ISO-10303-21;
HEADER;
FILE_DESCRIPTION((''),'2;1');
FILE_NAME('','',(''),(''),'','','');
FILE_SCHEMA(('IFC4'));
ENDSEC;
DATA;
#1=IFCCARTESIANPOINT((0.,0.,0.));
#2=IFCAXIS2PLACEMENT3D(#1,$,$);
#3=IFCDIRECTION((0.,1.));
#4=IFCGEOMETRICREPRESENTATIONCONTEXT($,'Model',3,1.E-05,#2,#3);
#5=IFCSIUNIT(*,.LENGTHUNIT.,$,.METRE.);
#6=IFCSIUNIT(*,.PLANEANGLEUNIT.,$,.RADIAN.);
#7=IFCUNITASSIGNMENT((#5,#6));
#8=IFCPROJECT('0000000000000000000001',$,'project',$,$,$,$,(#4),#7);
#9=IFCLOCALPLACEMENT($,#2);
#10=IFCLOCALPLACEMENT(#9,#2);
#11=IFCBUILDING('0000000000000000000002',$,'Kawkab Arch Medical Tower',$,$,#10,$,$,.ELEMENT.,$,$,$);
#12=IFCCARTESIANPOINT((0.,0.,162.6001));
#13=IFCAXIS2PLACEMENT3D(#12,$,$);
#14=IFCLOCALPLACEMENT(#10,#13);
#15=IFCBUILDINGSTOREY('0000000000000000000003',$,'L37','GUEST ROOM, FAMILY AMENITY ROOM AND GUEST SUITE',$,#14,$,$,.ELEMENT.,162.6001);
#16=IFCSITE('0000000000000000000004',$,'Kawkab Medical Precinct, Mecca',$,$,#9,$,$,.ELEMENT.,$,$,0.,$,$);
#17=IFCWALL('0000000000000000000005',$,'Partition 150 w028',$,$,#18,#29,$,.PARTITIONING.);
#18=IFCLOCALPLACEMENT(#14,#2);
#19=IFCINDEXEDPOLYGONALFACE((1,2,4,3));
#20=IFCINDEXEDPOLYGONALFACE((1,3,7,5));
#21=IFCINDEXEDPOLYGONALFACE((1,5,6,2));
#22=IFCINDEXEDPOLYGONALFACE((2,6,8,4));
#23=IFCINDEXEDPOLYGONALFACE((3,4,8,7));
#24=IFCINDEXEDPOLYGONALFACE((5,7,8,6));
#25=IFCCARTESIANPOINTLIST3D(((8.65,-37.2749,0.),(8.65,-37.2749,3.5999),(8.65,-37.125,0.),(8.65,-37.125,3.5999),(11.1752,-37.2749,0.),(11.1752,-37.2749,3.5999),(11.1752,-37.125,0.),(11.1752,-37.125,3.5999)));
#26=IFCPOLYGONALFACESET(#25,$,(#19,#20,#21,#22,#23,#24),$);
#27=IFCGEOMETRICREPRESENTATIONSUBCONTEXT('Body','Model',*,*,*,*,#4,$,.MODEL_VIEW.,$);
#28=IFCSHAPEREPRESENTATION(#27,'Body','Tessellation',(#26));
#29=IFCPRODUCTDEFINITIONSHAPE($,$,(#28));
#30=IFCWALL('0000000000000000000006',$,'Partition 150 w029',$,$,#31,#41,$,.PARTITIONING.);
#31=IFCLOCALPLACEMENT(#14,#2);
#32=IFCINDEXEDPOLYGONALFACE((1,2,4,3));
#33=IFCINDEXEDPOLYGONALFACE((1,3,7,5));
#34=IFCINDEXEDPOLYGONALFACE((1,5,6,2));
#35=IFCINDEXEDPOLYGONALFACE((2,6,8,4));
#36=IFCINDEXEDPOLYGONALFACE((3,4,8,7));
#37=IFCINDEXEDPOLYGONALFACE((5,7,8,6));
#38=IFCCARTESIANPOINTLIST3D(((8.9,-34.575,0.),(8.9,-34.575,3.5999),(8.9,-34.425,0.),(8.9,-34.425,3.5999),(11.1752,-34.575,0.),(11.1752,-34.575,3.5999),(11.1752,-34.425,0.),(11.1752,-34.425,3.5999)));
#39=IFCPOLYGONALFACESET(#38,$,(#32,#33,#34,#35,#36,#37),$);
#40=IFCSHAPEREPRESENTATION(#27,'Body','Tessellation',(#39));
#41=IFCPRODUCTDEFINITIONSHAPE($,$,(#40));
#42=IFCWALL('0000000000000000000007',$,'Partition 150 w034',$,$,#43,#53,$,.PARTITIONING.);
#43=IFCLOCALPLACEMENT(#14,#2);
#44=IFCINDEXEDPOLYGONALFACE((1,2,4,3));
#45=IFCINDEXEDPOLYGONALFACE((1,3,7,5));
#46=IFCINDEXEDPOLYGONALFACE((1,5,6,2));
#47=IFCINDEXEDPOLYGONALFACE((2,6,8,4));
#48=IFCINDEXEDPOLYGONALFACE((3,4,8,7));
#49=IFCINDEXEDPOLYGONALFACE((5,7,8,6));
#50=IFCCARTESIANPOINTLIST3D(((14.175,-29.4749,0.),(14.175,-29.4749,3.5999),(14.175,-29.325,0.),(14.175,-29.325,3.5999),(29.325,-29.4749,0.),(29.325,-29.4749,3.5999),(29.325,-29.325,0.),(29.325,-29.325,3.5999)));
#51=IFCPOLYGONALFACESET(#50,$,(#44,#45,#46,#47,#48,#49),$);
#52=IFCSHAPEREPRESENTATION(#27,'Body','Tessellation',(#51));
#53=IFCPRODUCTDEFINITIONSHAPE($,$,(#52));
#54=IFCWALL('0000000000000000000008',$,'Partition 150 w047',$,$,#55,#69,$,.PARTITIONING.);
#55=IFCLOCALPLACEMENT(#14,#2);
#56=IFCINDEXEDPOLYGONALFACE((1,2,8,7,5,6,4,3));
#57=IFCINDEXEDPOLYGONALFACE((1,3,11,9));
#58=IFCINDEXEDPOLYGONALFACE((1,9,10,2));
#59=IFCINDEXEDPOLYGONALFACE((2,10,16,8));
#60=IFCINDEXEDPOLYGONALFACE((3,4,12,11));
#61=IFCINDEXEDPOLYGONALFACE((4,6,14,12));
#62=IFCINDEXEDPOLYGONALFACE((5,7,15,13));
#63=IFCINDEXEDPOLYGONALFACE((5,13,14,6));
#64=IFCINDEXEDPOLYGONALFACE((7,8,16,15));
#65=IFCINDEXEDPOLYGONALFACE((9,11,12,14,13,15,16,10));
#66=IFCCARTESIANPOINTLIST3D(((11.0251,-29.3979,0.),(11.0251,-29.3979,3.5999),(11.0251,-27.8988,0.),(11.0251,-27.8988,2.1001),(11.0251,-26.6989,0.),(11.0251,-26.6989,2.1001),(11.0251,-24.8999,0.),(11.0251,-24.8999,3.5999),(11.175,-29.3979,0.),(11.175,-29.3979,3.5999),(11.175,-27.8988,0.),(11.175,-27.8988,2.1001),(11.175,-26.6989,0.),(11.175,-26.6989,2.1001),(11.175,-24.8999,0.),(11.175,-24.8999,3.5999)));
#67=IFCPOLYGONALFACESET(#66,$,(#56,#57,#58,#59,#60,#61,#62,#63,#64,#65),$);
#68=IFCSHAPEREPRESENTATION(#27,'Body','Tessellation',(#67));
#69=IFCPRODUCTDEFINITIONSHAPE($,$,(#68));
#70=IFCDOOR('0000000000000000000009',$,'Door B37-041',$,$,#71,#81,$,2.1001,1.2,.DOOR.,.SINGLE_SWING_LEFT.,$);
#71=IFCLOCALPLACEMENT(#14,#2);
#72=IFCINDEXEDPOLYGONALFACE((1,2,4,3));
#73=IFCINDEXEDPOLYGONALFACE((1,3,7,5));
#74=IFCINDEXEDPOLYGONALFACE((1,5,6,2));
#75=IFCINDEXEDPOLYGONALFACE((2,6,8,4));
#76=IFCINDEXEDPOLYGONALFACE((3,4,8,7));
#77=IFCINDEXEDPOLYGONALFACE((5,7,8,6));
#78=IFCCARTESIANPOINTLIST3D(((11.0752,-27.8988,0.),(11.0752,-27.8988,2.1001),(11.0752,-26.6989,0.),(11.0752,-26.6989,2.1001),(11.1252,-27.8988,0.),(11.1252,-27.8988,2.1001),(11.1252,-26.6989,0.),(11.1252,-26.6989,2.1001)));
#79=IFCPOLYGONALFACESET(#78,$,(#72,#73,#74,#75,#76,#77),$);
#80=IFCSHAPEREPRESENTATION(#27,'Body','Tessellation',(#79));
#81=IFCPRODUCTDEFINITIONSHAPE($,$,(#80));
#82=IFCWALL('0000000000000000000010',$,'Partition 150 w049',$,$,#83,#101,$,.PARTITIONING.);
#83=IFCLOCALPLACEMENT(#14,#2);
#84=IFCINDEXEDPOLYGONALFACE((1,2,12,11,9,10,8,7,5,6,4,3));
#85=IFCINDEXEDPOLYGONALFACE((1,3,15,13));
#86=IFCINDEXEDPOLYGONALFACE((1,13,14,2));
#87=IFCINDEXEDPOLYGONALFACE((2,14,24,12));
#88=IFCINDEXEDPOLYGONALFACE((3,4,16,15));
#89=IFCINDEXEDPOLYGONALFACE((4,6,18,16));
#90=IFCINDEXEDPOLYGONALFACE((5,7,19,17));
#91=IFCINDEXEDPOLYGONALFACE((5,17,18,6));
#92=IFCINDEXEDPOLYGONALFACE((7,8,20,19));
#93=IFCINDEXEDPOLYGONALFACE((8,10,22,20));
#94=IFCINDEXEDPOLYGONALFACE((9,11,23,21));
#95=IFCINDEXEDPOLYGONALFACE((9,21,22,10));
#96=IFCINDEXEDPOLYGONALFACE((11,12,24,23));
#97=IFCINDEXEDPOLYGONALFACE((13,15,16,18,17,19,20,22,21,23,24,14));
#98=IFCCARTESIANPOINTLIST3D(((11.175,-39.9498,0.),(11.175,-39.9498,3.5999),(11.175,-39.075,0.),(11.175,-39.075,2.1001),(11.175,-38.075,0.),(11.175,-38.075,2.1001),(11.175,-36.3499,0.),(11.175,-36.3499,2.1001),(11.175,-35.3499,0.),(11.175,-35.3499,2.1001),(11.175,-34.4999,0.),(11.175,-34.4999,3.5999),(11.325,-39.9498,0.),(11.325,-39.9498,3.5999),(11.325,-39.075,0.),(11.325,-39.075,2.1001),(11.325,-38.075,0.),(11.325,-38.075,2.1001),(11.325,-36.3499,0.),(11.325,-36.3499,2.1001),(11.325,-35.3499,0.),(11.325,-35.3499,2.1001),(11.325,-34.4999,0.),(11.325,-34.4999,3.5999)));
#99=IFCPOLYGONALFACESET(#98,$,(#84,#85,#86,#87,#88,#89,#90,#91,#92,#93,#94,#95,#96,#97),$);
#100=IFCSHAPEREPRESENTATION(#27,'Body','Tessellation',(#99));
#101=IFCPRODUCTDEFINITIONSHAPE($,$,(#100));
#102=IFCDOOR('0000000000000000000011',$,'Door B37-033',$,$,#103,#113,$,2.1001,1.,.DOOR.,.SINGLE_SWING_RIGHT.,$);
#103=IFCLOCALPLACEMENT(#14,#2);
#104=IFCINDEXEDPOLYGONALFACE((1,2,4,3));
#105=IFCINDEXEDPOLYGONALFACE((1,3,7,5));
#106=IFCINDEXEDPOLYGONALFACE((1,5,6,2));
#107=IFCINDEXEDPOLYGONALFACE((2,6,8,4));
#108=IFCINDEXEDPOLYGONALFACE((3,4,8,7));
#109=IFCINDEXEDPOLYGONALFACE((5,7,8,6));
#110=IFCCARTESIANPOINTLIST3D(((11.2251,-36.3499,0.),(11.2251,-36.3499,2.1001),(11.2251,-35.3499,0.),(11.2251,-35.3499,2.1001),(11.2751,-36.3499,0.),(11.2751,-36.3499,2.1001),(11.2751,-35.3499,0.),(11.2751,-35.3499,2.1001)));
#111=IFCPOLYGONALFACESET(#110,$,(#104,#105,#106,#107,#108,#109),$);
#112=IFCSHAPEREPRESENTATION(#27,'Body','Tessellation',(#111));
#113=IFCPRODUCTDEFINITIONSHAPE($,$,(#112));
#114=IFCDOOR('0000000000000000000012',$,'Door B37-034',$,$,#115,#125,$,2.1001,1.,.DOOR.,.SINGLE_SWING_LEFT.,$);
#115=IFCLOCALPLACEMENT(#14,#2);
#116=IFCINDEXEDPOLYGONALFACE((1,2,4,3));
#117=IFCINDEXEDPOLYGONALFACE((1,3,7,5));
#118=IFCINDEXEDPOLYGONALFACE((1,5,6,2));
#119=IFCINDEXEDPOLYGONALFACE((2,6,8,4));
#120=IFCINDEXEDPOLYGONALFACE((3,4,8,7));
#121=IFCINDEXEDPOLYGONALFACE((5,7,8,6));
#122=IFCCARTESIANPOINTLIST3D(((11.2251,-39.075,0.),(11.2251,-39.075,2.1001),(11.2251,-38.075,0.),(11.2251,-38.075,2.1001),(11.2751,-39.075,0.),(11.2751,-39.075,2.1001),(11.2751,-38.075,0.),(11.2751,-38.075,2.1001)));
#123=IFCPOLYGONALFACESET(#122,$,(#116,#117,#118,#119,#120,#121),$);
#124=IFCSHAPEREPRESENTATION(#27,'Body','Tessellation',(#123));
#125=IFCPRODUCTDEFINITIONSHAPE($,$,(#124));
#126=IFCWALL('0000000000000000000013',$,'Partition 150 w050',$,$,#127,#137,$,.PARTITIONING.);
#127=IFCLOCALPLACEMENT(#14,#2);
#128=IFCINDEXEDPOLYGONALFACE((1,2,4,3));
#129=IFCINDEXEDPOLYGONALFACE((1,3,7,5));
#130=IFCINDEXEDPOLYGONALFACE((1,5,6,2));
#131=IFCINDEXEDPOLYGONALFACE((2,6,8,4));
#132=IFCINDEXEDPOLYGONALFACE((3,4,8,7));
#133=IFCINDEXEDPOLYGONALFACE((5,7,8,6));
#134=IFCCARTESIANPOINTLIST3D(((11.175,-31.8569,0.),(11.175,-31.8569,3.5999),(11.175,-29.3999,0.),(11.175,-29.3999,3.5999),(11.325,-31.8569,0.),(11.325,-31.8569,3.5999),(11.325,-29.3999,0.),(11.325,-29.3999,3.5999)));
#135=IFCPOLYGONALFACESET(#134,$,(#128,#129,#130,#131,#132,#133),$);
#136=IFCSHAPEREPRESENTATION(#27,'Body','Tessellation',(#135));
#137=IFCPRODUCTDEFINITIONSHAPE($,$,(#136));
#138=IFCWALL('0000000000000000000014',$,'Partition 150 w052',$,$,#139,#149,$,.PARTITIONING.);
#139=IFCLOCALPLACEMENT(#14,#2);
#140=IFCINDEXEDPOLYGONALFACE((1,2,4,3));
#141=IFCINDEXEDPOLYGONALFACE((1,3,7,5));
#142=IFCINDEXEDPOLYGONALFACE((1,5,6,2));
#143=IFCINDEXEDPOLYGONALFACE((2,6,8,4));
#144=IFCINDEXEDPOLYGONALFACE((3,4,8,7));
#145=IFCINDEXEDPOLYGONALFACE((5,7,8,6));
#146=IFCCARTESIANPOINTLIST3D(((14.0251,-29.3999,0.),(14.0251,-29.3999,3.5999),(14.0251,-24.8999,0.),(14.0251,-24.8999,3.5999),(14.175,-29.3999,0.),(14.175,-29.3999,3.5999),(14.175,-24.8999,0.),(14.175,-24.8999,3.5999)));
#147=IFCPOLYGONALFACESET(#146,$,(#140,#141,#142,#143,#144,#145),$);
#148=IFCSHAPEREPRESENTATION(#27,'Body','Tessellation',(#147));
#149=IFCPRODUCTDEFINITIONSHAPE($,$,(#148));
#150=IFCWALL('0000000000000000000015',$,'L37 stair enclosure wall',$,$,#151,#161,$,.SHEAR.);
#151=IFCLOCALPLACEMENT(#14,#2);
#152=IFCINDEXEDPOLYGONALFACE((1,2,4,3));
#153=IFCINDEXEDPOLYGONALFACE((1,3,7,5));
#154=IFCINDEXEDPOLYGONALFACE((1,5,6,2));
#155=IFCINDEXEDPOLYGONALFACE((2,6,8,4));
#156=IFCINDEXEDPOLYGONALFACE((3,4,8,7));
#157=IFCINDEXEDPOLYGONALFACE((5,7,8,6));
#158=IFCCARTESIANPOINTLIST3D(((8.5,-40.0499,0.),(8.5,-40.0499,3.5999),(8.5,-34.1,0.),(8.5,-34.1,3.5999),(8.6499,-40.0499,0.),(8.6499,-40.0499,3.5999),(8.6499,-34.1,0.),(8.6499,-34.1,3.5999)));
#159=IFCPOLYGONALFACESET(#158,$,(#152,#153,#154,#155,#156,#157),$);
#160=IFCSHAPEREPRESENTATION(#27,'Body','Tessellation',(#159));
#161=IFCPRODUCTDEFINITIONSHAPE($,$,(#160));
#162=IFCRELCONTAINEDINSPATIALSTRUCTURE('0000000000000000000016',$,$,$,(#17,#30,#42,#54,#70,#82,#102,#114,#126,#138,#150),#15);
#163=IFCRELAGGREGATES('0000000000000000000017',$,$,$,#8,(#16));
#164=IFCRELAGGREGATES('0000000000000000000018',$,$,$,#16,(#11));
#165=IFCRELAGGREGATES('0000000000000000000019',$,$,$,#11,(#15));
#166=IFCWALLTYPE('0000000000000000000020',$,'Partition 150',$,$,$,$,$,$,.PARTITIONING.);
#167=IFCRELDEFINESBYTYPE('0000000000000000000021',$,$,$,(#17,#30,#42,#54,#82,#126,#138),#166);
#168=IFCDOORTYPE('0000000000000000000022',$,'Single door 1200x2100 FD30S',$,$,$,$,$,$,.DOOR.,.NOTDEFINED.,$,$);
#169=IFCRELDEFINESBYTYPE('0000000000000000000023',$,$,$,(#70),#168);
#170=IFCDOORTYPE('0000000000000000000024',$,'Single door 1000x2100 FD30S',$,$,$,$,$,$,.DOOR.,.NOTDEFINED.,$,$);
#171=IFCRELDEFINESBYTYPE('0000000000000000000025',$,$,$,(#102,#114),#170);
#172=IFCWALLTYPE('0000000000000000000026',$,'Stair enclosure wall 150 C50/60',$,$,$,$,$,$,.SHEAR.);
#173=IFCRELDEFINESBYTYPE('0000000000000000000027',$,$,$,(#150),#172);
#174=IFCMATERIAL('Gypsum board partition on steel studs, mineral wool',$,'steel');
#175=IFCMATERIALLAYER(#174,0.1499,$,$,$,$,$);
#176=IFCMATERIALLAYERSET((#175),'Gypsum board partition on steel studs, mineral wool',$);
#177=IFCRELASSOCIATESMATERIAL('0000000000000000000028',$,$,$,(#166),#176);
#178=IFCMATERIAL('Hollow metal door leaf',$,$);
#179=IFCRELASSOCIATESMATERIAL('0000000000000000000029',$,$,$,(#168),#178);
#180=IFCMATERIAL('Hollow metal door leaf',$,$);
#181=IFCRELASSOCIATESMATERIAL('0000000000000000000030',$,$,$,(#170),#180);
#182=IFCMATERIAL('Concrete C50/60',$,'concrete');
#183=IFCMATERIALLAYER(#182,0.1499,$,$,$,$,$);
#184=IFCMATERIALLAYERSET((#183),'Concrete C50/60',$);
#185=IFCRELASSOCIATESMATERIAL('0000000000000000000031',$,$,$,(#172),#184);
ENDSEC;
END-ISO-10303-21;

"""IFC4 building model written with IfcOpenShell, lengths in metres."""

from ifc_helpers import new_model, si_unit, direction, frame, frame_2d, origin, place, context, subcontext, project, spatial, rectangle, extrude, material, layer, layer_set, type_object, element, fill, save


model = new_model("IFC4")

# Units and contexts
model_context = context("Model", 3, precision=1e-05, world=origin(), true_north=direction((0.0, 1.0)))
body_context = subcontext(model_context, "Body", "Model", "MODEL_VIEW")
ifc_project = project(units=[si_unit("LENGTHUNIT", "METRE"), si_unit("PLANEANGLEUNIT", "RADIAN")], contexts=[model_context])

# Site, building, storey
site_placement = place(None, origin())
site = spatial("IfcSite", under=ifc_project, at=site_placement, Name="Kawkab Medical Precinct, Mecca", CompositionType="ELEMENT", RefElevation=0.0)
building_placement = place(site_placement, origin())
building = spatial("IfcBuilding", under=site, at=building_placement, Name="Kawkab Arch Medical Tower", CompositionType="ELEMENT")
storey_placement = place(building_placement, frame((0.0, 0.0, 162.6001)))
storey = spatial("IfcBuildingStorey", under=building, at=storey_placement, Name="L37", Description="GUEST ROOM, FAMILY AMENITY ROOM AND GUEST SUITE", CompositionType="ELEMENT", Elevation=162.6001)

# Walls
ifc_material_1 = material(Name="Gypsum board partition on steel studs, mineral wool", Category="steel")
ifc_layer_1 = layer(ifc_material_1, 0.1499)
ifc_layer_set_1 = layer_set([ifc_layer_1], Name="Gypsum board partition on steel studs, mineral wool")
wall_type_1 = type_object("IfcWallType", Name="Partition 150", PredefinedType="PARTITIONING", material=ifc_layer_set_1)
wall_1_placement = place(storey_placement, frame((8.6499, -37.2, 0.0), z_axis=(0.0, 0.0, 1.0), x_axis=(1.0, 0.0, 0.0)))
element("IfcWall", 1, at=wall_1_placement, inside=storey, type_object=wall_type_1, Name="Partition 150 w028", PredefinedType="PARTITIONING", context=body_context, shape_type="SweptSolid", body=[
    extrude(rectangle(XDim=2.5251, YDim=0.1499, at=frame_2d((1.2627, 0.0))), origin(), (0.0, 0.0, 1.0), 3.5999),
])
wall_2_placement = place(storey_placement, frame((8.8999, -34.5, 0.0), z_axis=(0.0, 0.0, 1.0), x_axis=(1.0, 0.0, 0.0)))
element("IfcWall", 2, at=wall_2_placement, inside=storey, type_object=wall_type_1, Name="Partition 150 w029", PredefinedType="PARTITIONING", context=body_context, shape_type="SweptSolid", body=[
    extrude(rectangle(XDim=2.2751, YDim=0.1499, at=frame_2d((1.1377, 0.0))), origin(), (0.0, 0.0, 1.0), 3.5999),
])
wall_3_placement = place(storey_placement, frame((14.175, -29.3999, 0.0), z_axis=(0.0, 0.0, 1.0), x_axis=(1.0, 0.0, 0.0)))
element("IfcWall", 3, at=wall_3_placement, inside=storey, type_object=wall_type_1, Name="Partition 150 w034", PredefinedType="PARTITIONING", context=body_context, shape_type="SweptSolid", body=[
    extrude(rectangle(XDim=15.1499, YDim=0.1499, at=frame_2d((7.575, 0.0))), origin(), (0.0, 0.0, 1.0), 3.5999),
])

# Wall, opening, door
wall_4_placement = place(storey_placement, frame((11.1001, -29.3979, 0.0), z_axis=(0.0, 0.0, 1.0), x_axis=(0.0, 1.0, 0.0)))
wall_4 = element("IfcWall", 4, at=wall_4_placement, inside=storey, type_object=wall_type_1, Name="Partition 150 w047", PredefinedType="PARTITIONING", context=body_context, shape_type="SweptSolid", body=[
    extrude(rectangle(XDim=4.498, YDim=0.1499, at=frame_2d((2.249, 0.0))), origin(), (0.0, 0.0, 1.0), 3.5999),
])
opening_1_placement = place(wall_4_placement, frame((1.499, 0.0, 0.0)))
opening_1 = element("IfcOpeningElement", 5, at=opening_1_placement, cuts=wall_4, PredefinedType="OPENING", context=body_context, shape_type="SweptSolid", body=[
    extrude(rectangle(XDim=1.2, YDim=2.1001, at=frame_2d((0.6001, 1.05))), frame((0.0, 0.085, 0.0), z_axis=(0.0, -1.0, 0.0), x_axis=(1.0, 0.0, 0.0)), (0.0, 0.0, 1.0), 0.1699),
])
ifc_material_2 = material(Name="Hollow metal door leaf")
door_type_1 = type_object("IfcDoorType", Name="Single door 1200x2100 FD30S", OperationType="NOTDEFINED", PredefinedType="DOOR", material=ifc_material_2)
door_1_placement = place(opening_1_placement, origin())
door_1 = element("IfcDoor", 6, at=door_1_placement, inside=storey, type_object=door_type_1, Name="Door B37-041", OperationType="SINGLE_SWING_LEFT", OverallHeight=2.1001, OverallWidth=1.2, PredefinedType="DOOR", context=body_context, shape_type="SweptSolid", body=[
    extrude(rectangle(XDim=1.2, YDim=2.1001, at=frame_2d((0.6001, 1.05))), frame((0.0, 0.0249, 0.0), z_axis=(0.0, -1.0, 0.0), x_axis=(1.0, 0.0, 0.0)), (0.0, 0.0, 1.0), 0.05),
])
fill(opening_1, door_1)

# Wall, openings, doors
wall_5_placement = place(storey_placement, frame((11.25, -39.95, 0.0), z_axis=(0.0, 0.0, 1.0), x_axis=(0.0, 1.0, 0.0)))
wall_5 = element("IfcWall", 7, at=wall_5_placement, inside=storey, type_object=wall_type_1, Name="Partition 150 w049", PredefinedType="PARTITIONING", context=body_context, shape_type="SweptSolid", body=[
    extrude(rectangle(XDim=5.45, YDim=0.1499, at=frame_2d((2.7251, 0.0))), origin(), (0.0, 0.0, 1.0), 3.5999),
])
opening_2_placement = place(wall_5_placement, frame((3.6001, 0.0, 0.0)))
opening_2 = element("IfcOpeningElement", 8, at=opening_2_placement, cuts=wall_5, PredefinedType="OPENING", context=body_context, shape_type="SweptSolid", body=[
    extrude(rectangle(XDim=1.0, YDim=2.1001, at=frame_2d((0.5, 1.05))), frame((0.0, 0.085, 0.0), z_axis=(0.0, -1.0, 0.0), x_axis=(1.0, 0.0, 0.0)), (0.0, 0.0, 1.0), 0.1699),
])
opening_3_placement = place(wall_5_placement, frame((0.875, 0.0, 0.0)))
opening_3 = element("IfcOpeningElement", 9, at=opening_3_placement, cuts=wall_5, PredefinedType="OPENING", context=body_context, shape_type="SweptSolid", body=[
    extrude(rectangle(XDim=1.0, YDim=2.1001, at=frame_2d((0.5, 1.05))), frame((0.0, 0.085, 0.0), z_axis=(0.0, -1.0, 0.0), x_axis=(1.0, 0.0, 0.0)), (0.0, 0.0, 1.0), 0.1699),
])
ifc_material_3 = material(Name="Hollow metal door leaf")
door_type_2 = type_object("IfcDoorType", Name="Single door 1000x2100 FD30S", OperationType="NOTDEFINED", PredefinedType="DOOR", material=ifc_material_3)
door_2_placement = place(opening_2_placement, origin())
door_2 = element("IfcDoor", 10, at=door_2_placement, inside=storey, type_object=door_type_2, Name="Door B37-033", OperationType="SINGLE_SWING_RIGHT", OverallHeight=2.1001, OverallWidth=1.0, PredefinedType="DOOR", context=body_context, shape_type="SweptSolid", body=[
    extrude(rectangle(XDim=1.0, YDim=2.1001, at=frame_2d((0.5, 1.05))), frame((0.0, 0.0249, 0.0), z_axis=(0.0, -1.0, 0.0), x_axis=(1.0, 0.0, 0.0)), (0.0, 0.0, 1.0), 0.05),
])
fill(opening_2, door_2)
door_3_placement = place(opening_3_placement, origin())
door_3 = element("IfcDoor", 11, at=door_3_placement, inside=storey, type_object=door_type_2, Name="Door B37-034", OperationType="SINGLE_SWING_LEFT", OverallHeight=2.1001, OverallWidth=1.0, PredefinedType="DOOR", context=body_context, shape_type="SweptSolid", body=[
    extrude(rectangle(XDim=1.0, YDim=2.1001, at=frame_2d((0.5, 1.05))), frame((0.0, 0.0249, 0.0), z_axis=(0.0, -1.0, 0.0), x_axis=(1.0, 0.0, 0.0)), (0.0, 0.0, 1.0), 0.05),
])
fill(opening_3, door_3)

# Walls
wall_6_placement = place(storey_placement, frame((11.25, -31.8569, 0.0), z_axis=(0.0, 0.0, 1.0), x_axis=(0.0, 1.0, 0.0)))
element("IfcWall", 12, at=wall_6_placement, inside=storey, type_object=wall_type_1, Name="Partition 150 w050", PredefinedType="PARTITIONING", context=body_context, shape_type="SweptSolid", body=[
    extrude(rectangle(XDim=2.457, YDim=0.1499, at=frame_2d((1.2285, 0.0))), origin(), (0.0, 0.0, 1.0), 3.5999),
])
wall_7_placement = place(storey_placement, frame((14.1001, -29.3999, 0.0), z_axis=(0.0, 0.0, 1.0), x_axis=(0.0, 1.0, 0.0)))
element("IfcWall", 13, at=wall_7_placement, inside=storey, type_object=wall_type_1, Name="Partition 150 w052", PredefinedType="PARTITIONING", context=body_context, shape_type="SweptSolid", body=[
    extrude(rectangle(XDim=4.5, YDim=0.1499, at=frame_2d((2.25, 0.0))), origin(), (0.0, 0.0, 1.0), 3.5999),
])
ifc_material_4 = material(Name="Concrete C50/60", Category="concrete")
ifc_layer_2 = layer(ifc_material_4, 0.1499)
ifc_layer_set_2 = layer_set([ifc_layer_2], Name="Concrete C50/60")
wall_type_2 = type_object("IfcWallType", Name="Stair enclosure wall 150 C50/60", PredefinedType="SHEAR", material=ifc_layer_set_2)
wall_8_placement = place(storey_placement, frame((8.575, -40.05, 0.0), z_axis=(0.0, 0.0, 1.0), x_axis=(0.0, 1.0, 0.0)))
element("IfcWall", 14, at=wall_8_placement, inside=storey, type_object=wall_type_2, Name="L37 stair enclosure wall", PredefinedType="SHEAR", context=body_context, shape_type="SweptSolid", body=[
    extrude(rectangle(XDim=5.95, YDim=0.1499, at=frame_2d((2.9751, 0.0))), origin(), (0.0, 0.0, 1.0), 3.5999),
])

save(model, "model.ifc")
